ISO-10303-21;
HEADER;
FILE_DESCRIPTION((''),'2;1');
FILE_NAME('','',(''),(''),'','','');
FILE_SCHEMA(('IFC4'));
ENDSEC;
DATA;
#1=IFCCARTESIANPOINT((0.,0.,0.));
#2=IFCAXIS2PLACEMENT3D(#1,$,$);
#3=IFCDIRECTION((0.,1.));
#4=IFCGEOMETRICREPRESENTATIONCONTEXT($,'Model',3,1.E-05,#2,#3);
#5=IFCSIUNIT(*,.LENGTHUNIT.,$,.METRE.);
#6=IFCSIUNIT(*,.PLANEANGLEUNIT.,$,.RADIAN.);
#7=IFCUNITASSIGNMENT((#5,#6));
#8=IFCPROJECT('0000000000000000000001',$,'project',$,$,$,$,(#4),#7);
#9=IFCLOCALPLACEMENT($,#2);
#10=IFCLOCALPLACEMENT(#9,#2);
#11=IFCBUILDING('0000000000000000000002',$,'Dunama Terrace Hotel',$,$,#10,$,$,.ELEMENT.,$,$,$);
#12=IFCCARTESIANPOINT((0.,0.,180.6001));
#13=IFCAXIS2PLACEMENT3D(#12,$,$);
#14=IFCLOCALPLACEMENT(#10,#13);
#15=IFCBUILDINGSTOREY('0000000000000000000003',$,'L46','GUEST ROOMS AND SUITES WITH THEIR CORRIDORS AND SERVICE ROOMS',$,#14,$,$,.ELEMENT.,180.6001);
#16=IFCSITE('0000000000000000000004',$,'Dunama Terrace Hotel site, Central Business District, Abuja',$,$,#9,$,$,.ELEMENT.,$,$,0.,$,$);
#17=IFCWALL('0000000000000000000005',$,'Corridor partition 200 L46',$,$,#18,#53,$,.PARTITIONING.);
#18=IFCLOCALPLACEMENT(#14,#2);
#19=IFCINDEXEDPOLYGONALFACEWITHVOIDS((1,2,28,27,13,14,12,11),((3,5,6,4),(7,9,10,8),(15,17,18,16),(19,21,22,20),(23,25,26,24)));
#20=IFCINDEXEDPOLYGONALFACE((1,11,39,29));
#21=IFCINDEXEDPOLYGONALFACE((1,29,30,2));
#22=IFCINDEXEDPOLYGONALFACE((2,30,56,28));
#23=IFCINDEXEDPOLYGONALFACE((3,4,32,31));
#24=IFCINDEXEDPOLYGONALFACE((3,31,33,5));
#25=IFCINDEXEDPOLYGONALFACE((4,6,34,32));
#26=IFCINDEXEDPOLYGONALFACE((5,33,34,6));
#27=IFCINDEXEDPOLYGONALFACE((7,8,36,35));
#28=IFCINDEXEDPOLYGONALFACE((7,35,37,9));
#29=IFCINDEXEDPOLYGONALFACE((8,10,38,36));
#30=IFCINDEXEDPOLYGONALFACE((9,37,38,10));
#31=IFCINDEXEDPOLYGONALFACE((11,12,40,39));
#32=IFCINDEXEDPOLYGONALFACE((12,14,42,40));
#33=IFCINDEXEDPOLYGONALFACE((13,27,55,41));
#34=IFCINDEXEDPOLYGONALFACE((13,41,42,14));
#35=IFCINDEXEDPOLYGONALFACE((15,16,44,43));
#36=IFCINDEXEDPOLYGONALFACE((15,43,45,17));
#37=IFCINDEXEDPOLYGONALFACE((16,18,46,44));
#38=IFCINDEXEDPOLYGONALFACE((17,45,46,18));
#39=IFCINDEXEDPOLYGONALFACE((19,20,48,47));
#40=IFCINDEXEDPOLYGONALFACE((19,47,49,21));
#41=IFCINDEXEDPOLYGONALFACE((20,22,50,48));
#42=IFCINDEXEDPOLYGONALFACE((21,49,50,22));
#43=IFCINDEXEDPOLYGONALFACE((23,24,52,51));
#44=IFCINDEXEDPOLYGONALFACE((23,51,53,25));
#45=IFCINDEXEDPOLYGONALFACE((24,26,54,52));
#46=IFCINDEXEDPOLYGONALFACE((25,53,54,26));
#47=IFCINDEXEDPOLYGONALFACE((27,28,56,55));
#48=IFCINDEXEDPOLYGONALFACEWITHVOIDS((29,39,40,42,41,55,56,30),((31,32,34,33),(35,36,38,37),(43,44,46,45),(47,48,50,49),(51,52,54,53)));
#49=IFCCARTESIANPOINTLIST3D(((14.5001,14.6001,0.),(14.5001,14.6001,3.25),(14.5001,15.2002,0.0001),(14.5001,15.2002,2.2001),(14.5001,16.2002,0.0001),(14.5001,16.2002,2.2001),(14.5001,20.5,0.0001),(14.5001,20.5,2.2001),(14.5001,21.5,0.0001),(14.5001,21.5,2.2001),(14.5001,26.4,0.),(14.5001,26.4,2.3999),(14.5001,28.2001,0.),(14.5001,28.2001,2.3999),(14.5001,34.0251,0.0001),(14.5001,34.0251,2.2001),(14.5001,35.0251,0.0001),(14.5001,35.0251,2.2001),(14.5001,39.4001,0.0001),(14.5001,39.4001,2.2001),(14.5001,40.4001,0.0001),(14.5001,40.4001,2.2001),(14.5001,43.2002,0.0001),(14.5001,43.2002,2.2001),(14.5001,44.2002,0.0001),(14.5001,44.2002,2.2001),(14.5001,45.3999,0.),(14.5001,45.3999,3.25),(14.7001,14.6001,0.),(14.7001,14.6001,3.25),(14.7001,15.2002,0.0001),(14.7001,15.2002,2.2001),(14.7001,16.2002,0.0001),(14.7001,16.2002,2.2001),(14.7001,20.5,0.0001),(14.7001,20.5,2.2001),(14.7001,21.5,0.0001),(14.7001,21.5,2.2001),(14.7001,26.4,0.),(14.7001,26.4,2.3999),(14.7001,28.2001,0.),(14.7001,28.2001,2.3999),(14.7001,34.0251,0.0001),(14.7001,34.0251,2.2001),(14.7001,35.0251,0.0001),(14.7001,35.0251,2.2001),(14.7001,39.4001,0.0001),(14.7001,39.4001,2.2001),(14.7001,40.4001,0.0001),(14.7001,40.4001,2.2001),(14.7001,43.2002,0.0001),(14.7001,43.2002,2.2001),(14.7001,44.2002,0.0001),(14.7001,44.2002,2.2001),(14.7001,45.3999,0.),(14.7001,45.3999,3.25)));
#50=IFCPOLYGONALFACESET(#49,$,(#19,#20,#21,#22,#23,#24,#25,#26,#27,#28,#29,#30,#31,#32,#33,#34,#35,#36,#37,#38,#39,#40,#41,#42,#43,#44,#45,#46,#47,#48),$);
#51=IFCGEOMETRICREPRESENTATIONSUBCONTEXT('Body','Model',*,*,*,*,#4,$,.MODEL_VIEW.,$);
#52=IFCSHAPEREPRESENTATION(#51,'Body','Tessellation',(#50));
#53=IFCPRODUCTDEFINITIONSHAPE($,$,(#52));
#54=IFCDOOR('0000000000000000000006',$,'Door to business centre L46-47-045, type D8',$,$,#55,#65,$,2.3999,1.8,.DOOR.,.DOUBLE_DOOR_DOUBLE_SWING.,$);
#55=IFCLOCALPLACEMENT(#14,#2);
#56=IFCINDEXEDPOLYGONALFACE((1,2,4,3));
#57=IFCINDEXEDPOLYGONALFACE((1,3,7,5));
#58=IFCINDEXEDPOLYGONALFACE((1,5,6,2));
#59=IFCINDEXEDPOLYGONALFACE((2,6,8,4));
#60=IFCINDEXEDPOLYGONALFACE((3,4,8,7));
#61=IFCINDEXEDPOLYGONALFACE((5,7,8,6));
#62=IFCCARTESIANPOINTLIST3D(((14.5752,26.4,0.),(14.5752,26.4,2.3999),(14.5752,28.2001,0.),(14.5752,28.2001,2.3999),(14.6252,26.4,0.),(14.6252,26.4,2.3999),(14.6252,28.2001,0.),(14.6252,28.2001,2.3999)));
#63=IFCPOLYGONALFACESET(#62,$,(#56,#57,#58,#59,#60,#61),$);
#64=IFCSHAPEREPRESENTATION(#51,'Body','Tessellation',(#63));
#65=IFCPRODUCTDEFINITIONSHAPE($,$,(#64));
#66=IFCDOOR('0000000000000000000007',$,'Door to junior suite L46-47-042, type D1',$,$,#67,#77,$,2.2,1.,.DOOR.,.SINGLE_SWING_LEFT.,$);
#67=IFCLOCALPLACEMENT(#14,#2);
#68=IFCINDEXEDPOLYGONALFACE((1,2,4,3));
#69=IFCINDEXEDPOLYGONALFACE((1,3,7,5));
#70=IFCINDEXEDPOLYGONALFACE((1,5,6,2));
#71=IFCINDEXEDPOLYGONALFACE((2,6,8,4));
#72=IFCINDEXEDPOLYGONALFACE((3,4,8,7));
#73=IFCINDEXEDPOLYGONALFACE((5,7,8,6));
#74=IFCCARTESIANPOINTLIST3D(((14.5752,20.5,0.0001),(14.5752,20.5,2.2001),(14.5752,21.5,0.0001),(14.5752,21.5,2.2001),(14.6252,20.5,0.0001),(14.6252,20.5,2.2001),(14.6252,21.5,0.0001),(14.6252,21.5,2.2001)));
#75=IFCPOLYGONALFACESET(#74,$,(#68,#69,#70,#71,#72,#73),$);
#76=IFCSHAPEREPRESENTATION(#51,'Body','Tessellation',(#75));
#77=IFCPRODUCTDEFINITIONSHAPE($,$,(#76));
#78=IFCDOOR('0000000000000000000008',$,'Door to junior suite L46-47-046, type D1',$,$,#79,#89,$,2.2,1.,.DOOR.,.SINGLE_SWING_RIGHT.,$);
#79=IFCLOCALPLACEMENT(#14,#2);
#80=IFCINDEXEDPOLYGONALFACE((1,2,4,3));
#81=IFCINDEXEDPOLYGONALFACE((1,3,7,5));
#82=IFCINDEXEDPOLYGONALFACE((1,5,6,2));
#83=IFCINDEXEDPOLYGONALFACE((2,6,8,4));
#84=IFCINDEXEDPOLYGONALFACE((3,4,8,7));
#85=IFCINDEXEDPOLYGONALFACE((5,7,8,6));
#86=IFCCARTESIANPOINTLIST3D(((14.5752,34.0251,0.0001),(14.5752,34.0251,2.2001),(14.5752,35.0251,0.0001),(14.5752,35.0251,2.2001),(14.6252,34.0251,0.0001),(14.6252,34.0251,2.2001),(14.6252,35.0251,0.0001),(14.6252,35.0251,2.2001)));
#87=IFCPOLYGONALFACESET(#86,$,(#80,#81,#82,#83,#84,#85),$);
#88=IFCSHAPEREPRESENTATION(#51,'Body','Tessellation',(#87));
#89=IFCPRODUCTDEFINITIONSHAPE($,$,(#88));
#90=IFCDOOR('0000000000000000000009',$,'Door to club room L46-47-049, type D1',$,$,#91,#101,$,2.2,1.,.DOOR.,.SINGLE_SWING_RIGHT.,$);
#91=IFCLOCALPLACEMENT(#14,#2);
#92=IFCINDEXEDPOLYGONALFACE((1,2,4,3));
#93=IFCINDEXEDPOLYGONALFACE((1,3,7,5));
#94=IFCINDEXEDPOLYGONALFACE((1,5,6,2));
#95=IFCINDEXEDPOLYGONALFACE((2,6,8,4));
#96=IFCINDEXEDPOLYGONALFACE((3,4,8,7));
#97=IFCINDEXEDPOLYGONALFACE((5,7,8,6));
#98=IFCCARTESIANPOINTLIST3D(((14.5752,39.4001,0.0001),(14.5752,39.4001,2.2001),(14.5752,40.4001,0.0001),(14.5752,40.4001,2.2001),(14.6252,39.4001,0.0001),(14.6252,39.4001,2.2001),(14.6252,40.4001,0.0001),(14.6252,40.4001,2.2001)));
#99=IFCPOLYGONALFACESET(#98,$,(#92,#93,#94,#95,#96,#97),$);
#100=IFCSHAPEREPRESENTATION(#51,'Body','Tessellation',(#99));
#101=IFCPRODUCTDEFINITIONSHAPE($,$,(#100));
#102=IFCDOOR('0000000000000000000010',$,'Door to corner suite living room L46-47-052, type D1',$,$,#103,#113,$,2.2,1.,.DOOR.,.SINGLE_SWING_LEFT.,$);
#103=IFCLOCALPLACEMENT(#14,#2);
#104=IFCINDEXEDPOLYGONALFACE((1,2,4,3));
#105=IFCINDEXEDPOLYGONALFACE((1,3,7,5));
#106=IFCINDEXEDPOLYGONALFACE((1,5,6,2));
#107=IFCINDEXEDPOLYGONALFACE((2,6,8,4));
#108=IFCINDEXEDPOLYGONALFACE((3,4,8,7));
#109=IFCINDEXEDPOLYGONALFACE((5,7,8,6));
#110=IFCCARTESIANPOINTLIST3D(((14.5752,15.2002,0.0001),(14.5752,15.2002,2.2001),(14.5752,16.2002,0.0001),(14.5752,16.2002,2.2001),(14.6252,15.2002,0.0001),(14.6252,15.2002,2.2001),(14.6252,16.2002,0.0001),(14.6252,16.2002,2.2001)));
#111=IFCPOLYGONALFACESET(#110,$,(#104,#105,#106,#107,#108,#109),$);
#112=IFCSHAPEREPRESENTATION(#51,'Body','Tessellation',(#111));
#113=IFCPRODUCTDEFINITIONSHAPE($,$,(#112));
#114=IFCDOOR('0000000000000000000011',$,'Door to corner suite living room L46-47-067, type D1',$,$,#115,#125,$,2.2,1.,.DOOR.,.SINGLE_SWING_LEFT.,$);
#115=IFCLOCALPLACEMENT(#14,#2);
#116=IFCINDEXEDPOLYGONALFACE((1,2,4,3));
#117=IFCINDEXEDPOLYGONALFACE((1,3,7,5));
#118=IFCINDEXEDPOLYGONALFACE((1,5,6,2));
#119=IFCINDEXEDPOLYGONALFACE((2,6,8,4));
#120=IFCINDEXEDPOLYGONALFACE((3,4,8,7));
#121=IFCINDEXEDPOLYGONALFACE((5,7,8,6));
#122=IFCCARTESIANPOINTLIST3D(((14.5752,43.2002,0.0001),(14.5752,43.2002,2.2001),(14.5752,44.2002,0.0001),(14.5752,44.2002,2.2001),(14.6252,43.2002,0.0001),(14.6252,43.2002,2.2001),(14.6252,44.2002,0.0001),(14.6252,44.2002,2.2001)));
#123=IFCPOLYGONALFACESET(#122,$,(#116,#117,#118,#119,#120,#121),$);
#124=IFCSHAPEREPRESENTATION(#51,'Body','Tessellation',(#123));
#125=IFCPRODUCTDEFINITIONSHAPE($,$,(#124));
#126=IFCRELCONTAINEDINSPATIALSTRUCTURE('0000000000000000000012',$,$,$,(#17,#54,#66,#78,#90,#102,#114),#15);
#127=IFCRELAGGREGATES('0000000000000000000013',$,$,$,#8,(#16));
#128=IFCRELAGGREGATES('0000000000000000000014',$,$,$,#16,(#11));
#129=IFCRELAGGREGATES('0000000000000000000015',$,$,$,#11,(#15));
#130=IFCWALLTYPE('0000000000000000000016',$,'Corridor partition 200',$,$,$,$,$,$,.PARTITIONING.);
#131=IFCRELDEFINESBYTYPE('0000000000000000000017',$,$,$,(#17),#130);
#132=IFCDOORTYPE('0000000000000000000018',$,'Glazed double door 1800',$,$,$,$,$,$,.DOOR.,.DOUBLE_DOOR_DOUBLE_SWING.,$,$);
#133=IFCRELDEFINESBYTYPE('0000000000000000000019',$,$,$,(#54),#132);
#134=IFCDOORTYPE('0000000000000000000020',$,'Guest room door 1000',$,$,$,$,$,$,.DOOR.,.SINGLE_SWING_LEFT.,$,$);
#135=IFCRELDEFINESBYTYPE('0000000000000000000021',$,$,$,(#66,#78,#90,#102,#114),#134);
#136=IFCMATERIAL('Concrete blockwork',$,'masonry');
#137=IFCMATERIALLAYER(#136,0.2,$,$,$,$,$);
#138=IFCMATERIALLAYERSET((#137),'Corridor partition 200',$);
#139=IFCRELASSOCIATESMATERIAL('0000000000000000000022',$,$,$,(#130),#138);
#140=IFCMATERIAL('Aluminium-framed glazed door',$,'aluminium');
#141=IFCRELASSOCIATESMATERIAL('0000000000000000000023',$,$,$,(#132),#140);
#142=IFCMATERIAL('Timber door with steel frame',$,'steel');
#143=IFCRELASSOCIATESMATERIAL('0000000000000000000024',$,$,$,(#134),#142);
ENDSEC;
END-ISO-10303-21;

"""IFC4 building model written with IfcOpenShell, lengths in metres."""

from ifc_helpers import new_model, si_unit, direction, frame, frame_2d, origin, place, context, subcontext, project, spatial, rectangle, extrude, material, layer, layer_set, type_object, element, fill, save


model = new_model("IFC4")

# Units and contexts
model_context = context("Model", 3, precision=1e-05, world=origin(), true_north=direction((0.0, 1.0)))
body_context = subcontext(model_context, "Body", "Model", "MODEL_VIEW")
ifc_project = project(units=[si_unit("LENGTHUNIT", "METRE"), si_unit("PLANEANGLEUNIT", "RADIAN")], contexts=[model_context])

# Site, building, storey
site_placement = place(None, origin())
site = spatial("IfcSite", under=ifc_project, at=site_placement, Name="Dunama Terrace Hotel site, Central Business District, Abuja", CompositionType="ELEMENT", RefElevation=0.0)
building_placement = place(site_placement, origin())
building = spatial("IfcBuilding", under=site, at=building_placement, Name="Dunama Terrace Hotel", CompositionType="ELEMENT")
storey_placement = place(building_placement, frame((0.0, 0.0, 180.6001)))
storey = spatial("IfcBuildingStorey", under=building, at=storey_placement, Name="L46", Description="GUEST ROOMS AND SUITES WITH THEIR CORRIDORS AND SERVICE ROOMS", CompositionType="ELEMENT", Elevation=180.6001)

# Wall, openings, doors
ifc_material_1 = material(Name="Concrete blockwork", Category="masonry")
ifc_layer_1 = layer(ifc_material_1, 0.2)
ifc_layer_set_1 = layer_set([ifc_layer_1], Name="Corridor partition 200")
wall_type_1 = type_object("IfcWallType", Name="Corridor partition 200", PredefinedType="PARTITIONING", material=ifc_layer_set_1)
wall_1_placement = place(storey_placement, frame((14.6001, 14.6001, 0.0), z_axis=(0.0, 0.0, 1.0), x_axis=(0.0, 1.0, 0.0)))
wall_1 = element("IfcWall", 1, at=wall_1_placement, inside=storey, type_object=wall_type_1, Name="Corridor partition 200 L46", PredefinedType="PARTITIONING", context=body_context, shape_type="SweptSolid", body=[
    extrude(rectangle(XDim=30.7998, YDim=0.2, at=frame_2d((15.3999, 0.0))), origin(), (0.0, 0.0, 1.0), 3.25),
])
opening_1_placement = place(wall_1_placement, frame((5.8999, 0.0, 0.0)))
opening_1 = element("IfcOpeningElement", 2, at=opening_1_placement, cuts=wall_1, PredefinedType="OPENING", context=body_context, shape_type="SweptSolid", body=[
    extrude(rectangle(XDim=1.0, YDim=2.2, at=frame_2d((0.5, 1.1001))), frame((0.0, 0.1099, 0.0), z_axis=(0.0, -1.0, 0.0), x_axis=(1.0, 0.0, 0.0)), (0.0, 0.0, 1.0), 0.22),
])
opening_2_placement = place(wall_1_placement, frame((11.8, 0.0, 0.0)))
opening_2 = element("IfcOpeningElement", 3, at=opening_2_placement, cuts=wall_1, PredefinedType="OPENING", context=body_context, shape_type="SweptSolid", body=[
    extrude(rectangle(XDim=1.8, YDim=2.3999, at=frame_2d((0.8999, 1.2))), frame((0.0, 0.1099, 0.0), z_axis=(0.0, -1.0, 0.0), x_axis=(1.0, 0.0, 0.0)), (0.0, 0.0, 1.0), 0.22),
])
opening_3_placement = place(wall_1_placement, frame((19.425, 0.0, 0.0)))
opening_3 = element("IfcOpeningElement", 4, at=opening_3_placement, cuts=wall_1, PredefinedType="OPENING", context=body_context, shape_type="SweptSolid", body=[
    extrude(rectangle(XDim=1.0, YDim=2.2, at=frame_2d((0.5, 1.1001))), frame((0.0, 0.1099, 0.0), z_axis=(0.0, -1.0, 0.0), x_axis=(1.0, 0.0, 0.0)), (0.0, 0.0, 1.0), 0.22),
])
opening_4_placement = place(wall_1_placement, frame((24.8, 0.0, 0.0)))
opening_4 = element("IfcOpeningElement", 5, at=opening_4_placement, cuts=wall_1, PredefinedType="OPENING", context=body_context, shape_type="SweptSolid", body=[
    extrude(rectangle(XDim=1.0, YDim=2.2, at=frame_2d((0.5, 1.1001))), frame((0.0, 0.1099, 0.0), z_axis=(0.0, -1.0, 0.0), x_axis=(1.0, 0.0, 0.0)), (0.0, 0.0, 1.0), 0.22),
])
opening_5_placement = place(wall_1_placement, frame((0.6001, 0.0, 0.0)))
opening_5 = element("IfcOpeningElement", 6, at=opening_5_placement, cuts=wall_1, PredefinedType="OPENING", context=body_context, shape_type="SweptSolid", body=[
    extrude(rectangle(XDim=1.0, YDim=2.2, at=frame_2d((0.5, 1.1001))), frame((0.0, 0.1099, 0.0), z_axis=(0.0, -1.0, 0.0), x_axis=(1.0, 0.0, 0.0)), (0.0, 0.0, 1.0), 0.22),
])
opening_6_placement = place(wall_1_placement, frame((28.6001, 0.0, 0.0)))
opening_6 = element("IfcOpeningElement", 7, at=opening_6_placement, cuts=wall_1, PredefinedType="OPENING", context=body_context, shape_type="SweptSolid", body=[
    extrude(rectangle(XDim=1.0, YDim=2.2, at=frame_2d((0.5, 1.1001))), frame((0.0, 0.1099, 0.0), z_axis=(0.0, -1.0, 0.0), x_axis=(1.0, 0.0, 0.0)), (0.0, 0.0, 1.0), 0.22),
])
ifc_material_2 = material(Name="Aluminium-framed glazed door", Category="aluminium")
door_type_1 = type_object("IfcDoorType", Name="Glazed double door 1800", OperationType="DOUBLE_DOOR_DOUBLE_SWING", PredefinedType="DOOR", material=ifc_material_2)
door_1_placement = place(opening_2_placement, origin())
door_1 = element("IfcDoor", 8, at=door_1_placement, inside=storey, type_object=door_type_1, Name="Door to business centre L46-47-045, type D8", OperationType="DOUBLE_DOOR_DOUBLE_SWING", OverallHeight=2.3999, OverallWidth=1.8, PredefinedType="DOOR", context=body_context, shape_type="SweptSolid", body=[
    extrude(rectangle(XDim=1.8, YDim=2.3999, at=frame_2d((0.8999, 1.2))), frame((0.0, 0.0249, 0.0), z_axis=(0.0, -1.0, 0.0), x_axis=(1.0, 0.0, 0.0)), (0.0, 0.0, 1.0), 0.05),
])
fill(opening_2, door_1)
ifc_material_3 = material(Name="Timber door with steel frame", Category="steel")
door_type_2 = type_object("IfcDoorType", Name="Guest room door 1000", OperationType="SINGLE_SWING_LEFT", PredefinedType="DOOR", material=ifc_material_3)
door_2_placement = place(opening_1_placement, origin())
door_2 = element("IfcDoor", 9, at=door_2_placement, inside=storey, type_object=door_type_2, Name="Door to junior suite L46-47-042, type D1", OperationType="SINGLE_SWING_LEFT", OverallHeight=2.2, OverallWidth=1.0, PredefinedType="DOOR", context=body_context, shape_type="SweptSolid", body=[
    extrude(rectangle(XDim=1.0, YDim=2.2, at=frame_2d((0.5, 1.1001))), frame((0.0, 0.0249, 0.0), z_axis=(0.0, -1.0, 0.0), x_axis=(1.0, 0.0, 0.0)), (0.0, 0.0, 1.0), 0.05),
])
fill(opening_1, door_2)
door_3_placement = place(opening_3_placement, origin())
door_3 = element("IfcDoor", 10, at=door_3_placement, inside=storey, type_object=door_type_2, Name="Door to junior suite L46-47-046, type D1", OperationType="SINGLE_SWING_RIGHT", OverallHeight=2.2, OverallWidth=1.0, PredefinedType="DOOR", context=body_context, shape_type="SweptSolid", body=[
    extrude(rectangle(XDim=1.0, YDim=2.2, at=frame_2d((0.5, 1.1001))), frame((0.0, 0.0249, 0.0), z_axis=(0.0, -1.0, 0.0), x_axis=(1.0, 0.0, 0.0)), (0.0, 0.0, 1.0), 0.05),
])
fill(opening_3, door_3)
door_4_placement = place(opening_4_placement, origin())
door_4 = element("IfcDoor", 11, at=door_4_placement, inside=storey, type_object=door_type_2, Name="Door to club room L46-47-049, type D1", OperationType="SINGLE_SWING_RIGHT", OverallHeight=2.2, OverallWidth=1.0, PredefinedType="DOOR", context=body_context, shape_type="SweptSolid", body=[
    extrude(rectangle(XDim=1.0, YDim=2.2, at=frame_2d((0.5, 1.1001))), frame((0.0, 0.0249, 0.0), z_axis=(0.0, -1.0, 0.0), x_axis=(1.0, 0.0, 0.0)), (0.0, 0.0, 1.0), 0.05),
])
fill(opening_4, door_4)
door_5_placement = place(opening_5_placement, origin())
door_5 = element("IfcDoor", 12, at=door_5_placement, inside=storey, type_object=door_type_2, Name="Door to corner suite living room L46-47-052, type D1", OperationType="SINGLE_SWING_LEFT", OverallHeight=2.2, OverallWidth=1.0, PredefinedType="DOOR", context=body_context, shape_type="SweptSolid", body=[
    extrude(rectangle(XDim=1.0, YDim=2.2, at=frame_2d((0.5, 1.1001))), frame((0.0, 0.0249, 0.0), z_axis=(0.0, -1.0, 0.0), x_axis=(1.0, 0.0, 0.0)), (0.0, 0.0, 1.0), 0.05),
])
fill(opening_5, door_5)
door_6_placement = place(opening_6_placement, origin())
door_6 = element("IfcDoor", 13, at=door_6_placement, inside=storey, type_object=door_type_2, Name="Door to corner suite living room L46-47-067, type D1", OperationType="SINGLE_SWING_LEFT", OverallHeight=2.2, OverallWidth=1.0, PredefinedType="DOOR", context=body_context, shape_type="SweptSolid", body=[
    extrude(rectangle(XDim=1.0, YDim=2.2, at=frame_2d((0.5, 1.1001))), frame((0.0, 0.0249, 0.0), z_axis=(0.0, -1.0, 0.0), x_axis=(1.0, 0.0, 0.0)), (0.0, 0.0, 1.0), 0.05),
])
fill(opening_6, door_6)

save(model, "model.ifc")
